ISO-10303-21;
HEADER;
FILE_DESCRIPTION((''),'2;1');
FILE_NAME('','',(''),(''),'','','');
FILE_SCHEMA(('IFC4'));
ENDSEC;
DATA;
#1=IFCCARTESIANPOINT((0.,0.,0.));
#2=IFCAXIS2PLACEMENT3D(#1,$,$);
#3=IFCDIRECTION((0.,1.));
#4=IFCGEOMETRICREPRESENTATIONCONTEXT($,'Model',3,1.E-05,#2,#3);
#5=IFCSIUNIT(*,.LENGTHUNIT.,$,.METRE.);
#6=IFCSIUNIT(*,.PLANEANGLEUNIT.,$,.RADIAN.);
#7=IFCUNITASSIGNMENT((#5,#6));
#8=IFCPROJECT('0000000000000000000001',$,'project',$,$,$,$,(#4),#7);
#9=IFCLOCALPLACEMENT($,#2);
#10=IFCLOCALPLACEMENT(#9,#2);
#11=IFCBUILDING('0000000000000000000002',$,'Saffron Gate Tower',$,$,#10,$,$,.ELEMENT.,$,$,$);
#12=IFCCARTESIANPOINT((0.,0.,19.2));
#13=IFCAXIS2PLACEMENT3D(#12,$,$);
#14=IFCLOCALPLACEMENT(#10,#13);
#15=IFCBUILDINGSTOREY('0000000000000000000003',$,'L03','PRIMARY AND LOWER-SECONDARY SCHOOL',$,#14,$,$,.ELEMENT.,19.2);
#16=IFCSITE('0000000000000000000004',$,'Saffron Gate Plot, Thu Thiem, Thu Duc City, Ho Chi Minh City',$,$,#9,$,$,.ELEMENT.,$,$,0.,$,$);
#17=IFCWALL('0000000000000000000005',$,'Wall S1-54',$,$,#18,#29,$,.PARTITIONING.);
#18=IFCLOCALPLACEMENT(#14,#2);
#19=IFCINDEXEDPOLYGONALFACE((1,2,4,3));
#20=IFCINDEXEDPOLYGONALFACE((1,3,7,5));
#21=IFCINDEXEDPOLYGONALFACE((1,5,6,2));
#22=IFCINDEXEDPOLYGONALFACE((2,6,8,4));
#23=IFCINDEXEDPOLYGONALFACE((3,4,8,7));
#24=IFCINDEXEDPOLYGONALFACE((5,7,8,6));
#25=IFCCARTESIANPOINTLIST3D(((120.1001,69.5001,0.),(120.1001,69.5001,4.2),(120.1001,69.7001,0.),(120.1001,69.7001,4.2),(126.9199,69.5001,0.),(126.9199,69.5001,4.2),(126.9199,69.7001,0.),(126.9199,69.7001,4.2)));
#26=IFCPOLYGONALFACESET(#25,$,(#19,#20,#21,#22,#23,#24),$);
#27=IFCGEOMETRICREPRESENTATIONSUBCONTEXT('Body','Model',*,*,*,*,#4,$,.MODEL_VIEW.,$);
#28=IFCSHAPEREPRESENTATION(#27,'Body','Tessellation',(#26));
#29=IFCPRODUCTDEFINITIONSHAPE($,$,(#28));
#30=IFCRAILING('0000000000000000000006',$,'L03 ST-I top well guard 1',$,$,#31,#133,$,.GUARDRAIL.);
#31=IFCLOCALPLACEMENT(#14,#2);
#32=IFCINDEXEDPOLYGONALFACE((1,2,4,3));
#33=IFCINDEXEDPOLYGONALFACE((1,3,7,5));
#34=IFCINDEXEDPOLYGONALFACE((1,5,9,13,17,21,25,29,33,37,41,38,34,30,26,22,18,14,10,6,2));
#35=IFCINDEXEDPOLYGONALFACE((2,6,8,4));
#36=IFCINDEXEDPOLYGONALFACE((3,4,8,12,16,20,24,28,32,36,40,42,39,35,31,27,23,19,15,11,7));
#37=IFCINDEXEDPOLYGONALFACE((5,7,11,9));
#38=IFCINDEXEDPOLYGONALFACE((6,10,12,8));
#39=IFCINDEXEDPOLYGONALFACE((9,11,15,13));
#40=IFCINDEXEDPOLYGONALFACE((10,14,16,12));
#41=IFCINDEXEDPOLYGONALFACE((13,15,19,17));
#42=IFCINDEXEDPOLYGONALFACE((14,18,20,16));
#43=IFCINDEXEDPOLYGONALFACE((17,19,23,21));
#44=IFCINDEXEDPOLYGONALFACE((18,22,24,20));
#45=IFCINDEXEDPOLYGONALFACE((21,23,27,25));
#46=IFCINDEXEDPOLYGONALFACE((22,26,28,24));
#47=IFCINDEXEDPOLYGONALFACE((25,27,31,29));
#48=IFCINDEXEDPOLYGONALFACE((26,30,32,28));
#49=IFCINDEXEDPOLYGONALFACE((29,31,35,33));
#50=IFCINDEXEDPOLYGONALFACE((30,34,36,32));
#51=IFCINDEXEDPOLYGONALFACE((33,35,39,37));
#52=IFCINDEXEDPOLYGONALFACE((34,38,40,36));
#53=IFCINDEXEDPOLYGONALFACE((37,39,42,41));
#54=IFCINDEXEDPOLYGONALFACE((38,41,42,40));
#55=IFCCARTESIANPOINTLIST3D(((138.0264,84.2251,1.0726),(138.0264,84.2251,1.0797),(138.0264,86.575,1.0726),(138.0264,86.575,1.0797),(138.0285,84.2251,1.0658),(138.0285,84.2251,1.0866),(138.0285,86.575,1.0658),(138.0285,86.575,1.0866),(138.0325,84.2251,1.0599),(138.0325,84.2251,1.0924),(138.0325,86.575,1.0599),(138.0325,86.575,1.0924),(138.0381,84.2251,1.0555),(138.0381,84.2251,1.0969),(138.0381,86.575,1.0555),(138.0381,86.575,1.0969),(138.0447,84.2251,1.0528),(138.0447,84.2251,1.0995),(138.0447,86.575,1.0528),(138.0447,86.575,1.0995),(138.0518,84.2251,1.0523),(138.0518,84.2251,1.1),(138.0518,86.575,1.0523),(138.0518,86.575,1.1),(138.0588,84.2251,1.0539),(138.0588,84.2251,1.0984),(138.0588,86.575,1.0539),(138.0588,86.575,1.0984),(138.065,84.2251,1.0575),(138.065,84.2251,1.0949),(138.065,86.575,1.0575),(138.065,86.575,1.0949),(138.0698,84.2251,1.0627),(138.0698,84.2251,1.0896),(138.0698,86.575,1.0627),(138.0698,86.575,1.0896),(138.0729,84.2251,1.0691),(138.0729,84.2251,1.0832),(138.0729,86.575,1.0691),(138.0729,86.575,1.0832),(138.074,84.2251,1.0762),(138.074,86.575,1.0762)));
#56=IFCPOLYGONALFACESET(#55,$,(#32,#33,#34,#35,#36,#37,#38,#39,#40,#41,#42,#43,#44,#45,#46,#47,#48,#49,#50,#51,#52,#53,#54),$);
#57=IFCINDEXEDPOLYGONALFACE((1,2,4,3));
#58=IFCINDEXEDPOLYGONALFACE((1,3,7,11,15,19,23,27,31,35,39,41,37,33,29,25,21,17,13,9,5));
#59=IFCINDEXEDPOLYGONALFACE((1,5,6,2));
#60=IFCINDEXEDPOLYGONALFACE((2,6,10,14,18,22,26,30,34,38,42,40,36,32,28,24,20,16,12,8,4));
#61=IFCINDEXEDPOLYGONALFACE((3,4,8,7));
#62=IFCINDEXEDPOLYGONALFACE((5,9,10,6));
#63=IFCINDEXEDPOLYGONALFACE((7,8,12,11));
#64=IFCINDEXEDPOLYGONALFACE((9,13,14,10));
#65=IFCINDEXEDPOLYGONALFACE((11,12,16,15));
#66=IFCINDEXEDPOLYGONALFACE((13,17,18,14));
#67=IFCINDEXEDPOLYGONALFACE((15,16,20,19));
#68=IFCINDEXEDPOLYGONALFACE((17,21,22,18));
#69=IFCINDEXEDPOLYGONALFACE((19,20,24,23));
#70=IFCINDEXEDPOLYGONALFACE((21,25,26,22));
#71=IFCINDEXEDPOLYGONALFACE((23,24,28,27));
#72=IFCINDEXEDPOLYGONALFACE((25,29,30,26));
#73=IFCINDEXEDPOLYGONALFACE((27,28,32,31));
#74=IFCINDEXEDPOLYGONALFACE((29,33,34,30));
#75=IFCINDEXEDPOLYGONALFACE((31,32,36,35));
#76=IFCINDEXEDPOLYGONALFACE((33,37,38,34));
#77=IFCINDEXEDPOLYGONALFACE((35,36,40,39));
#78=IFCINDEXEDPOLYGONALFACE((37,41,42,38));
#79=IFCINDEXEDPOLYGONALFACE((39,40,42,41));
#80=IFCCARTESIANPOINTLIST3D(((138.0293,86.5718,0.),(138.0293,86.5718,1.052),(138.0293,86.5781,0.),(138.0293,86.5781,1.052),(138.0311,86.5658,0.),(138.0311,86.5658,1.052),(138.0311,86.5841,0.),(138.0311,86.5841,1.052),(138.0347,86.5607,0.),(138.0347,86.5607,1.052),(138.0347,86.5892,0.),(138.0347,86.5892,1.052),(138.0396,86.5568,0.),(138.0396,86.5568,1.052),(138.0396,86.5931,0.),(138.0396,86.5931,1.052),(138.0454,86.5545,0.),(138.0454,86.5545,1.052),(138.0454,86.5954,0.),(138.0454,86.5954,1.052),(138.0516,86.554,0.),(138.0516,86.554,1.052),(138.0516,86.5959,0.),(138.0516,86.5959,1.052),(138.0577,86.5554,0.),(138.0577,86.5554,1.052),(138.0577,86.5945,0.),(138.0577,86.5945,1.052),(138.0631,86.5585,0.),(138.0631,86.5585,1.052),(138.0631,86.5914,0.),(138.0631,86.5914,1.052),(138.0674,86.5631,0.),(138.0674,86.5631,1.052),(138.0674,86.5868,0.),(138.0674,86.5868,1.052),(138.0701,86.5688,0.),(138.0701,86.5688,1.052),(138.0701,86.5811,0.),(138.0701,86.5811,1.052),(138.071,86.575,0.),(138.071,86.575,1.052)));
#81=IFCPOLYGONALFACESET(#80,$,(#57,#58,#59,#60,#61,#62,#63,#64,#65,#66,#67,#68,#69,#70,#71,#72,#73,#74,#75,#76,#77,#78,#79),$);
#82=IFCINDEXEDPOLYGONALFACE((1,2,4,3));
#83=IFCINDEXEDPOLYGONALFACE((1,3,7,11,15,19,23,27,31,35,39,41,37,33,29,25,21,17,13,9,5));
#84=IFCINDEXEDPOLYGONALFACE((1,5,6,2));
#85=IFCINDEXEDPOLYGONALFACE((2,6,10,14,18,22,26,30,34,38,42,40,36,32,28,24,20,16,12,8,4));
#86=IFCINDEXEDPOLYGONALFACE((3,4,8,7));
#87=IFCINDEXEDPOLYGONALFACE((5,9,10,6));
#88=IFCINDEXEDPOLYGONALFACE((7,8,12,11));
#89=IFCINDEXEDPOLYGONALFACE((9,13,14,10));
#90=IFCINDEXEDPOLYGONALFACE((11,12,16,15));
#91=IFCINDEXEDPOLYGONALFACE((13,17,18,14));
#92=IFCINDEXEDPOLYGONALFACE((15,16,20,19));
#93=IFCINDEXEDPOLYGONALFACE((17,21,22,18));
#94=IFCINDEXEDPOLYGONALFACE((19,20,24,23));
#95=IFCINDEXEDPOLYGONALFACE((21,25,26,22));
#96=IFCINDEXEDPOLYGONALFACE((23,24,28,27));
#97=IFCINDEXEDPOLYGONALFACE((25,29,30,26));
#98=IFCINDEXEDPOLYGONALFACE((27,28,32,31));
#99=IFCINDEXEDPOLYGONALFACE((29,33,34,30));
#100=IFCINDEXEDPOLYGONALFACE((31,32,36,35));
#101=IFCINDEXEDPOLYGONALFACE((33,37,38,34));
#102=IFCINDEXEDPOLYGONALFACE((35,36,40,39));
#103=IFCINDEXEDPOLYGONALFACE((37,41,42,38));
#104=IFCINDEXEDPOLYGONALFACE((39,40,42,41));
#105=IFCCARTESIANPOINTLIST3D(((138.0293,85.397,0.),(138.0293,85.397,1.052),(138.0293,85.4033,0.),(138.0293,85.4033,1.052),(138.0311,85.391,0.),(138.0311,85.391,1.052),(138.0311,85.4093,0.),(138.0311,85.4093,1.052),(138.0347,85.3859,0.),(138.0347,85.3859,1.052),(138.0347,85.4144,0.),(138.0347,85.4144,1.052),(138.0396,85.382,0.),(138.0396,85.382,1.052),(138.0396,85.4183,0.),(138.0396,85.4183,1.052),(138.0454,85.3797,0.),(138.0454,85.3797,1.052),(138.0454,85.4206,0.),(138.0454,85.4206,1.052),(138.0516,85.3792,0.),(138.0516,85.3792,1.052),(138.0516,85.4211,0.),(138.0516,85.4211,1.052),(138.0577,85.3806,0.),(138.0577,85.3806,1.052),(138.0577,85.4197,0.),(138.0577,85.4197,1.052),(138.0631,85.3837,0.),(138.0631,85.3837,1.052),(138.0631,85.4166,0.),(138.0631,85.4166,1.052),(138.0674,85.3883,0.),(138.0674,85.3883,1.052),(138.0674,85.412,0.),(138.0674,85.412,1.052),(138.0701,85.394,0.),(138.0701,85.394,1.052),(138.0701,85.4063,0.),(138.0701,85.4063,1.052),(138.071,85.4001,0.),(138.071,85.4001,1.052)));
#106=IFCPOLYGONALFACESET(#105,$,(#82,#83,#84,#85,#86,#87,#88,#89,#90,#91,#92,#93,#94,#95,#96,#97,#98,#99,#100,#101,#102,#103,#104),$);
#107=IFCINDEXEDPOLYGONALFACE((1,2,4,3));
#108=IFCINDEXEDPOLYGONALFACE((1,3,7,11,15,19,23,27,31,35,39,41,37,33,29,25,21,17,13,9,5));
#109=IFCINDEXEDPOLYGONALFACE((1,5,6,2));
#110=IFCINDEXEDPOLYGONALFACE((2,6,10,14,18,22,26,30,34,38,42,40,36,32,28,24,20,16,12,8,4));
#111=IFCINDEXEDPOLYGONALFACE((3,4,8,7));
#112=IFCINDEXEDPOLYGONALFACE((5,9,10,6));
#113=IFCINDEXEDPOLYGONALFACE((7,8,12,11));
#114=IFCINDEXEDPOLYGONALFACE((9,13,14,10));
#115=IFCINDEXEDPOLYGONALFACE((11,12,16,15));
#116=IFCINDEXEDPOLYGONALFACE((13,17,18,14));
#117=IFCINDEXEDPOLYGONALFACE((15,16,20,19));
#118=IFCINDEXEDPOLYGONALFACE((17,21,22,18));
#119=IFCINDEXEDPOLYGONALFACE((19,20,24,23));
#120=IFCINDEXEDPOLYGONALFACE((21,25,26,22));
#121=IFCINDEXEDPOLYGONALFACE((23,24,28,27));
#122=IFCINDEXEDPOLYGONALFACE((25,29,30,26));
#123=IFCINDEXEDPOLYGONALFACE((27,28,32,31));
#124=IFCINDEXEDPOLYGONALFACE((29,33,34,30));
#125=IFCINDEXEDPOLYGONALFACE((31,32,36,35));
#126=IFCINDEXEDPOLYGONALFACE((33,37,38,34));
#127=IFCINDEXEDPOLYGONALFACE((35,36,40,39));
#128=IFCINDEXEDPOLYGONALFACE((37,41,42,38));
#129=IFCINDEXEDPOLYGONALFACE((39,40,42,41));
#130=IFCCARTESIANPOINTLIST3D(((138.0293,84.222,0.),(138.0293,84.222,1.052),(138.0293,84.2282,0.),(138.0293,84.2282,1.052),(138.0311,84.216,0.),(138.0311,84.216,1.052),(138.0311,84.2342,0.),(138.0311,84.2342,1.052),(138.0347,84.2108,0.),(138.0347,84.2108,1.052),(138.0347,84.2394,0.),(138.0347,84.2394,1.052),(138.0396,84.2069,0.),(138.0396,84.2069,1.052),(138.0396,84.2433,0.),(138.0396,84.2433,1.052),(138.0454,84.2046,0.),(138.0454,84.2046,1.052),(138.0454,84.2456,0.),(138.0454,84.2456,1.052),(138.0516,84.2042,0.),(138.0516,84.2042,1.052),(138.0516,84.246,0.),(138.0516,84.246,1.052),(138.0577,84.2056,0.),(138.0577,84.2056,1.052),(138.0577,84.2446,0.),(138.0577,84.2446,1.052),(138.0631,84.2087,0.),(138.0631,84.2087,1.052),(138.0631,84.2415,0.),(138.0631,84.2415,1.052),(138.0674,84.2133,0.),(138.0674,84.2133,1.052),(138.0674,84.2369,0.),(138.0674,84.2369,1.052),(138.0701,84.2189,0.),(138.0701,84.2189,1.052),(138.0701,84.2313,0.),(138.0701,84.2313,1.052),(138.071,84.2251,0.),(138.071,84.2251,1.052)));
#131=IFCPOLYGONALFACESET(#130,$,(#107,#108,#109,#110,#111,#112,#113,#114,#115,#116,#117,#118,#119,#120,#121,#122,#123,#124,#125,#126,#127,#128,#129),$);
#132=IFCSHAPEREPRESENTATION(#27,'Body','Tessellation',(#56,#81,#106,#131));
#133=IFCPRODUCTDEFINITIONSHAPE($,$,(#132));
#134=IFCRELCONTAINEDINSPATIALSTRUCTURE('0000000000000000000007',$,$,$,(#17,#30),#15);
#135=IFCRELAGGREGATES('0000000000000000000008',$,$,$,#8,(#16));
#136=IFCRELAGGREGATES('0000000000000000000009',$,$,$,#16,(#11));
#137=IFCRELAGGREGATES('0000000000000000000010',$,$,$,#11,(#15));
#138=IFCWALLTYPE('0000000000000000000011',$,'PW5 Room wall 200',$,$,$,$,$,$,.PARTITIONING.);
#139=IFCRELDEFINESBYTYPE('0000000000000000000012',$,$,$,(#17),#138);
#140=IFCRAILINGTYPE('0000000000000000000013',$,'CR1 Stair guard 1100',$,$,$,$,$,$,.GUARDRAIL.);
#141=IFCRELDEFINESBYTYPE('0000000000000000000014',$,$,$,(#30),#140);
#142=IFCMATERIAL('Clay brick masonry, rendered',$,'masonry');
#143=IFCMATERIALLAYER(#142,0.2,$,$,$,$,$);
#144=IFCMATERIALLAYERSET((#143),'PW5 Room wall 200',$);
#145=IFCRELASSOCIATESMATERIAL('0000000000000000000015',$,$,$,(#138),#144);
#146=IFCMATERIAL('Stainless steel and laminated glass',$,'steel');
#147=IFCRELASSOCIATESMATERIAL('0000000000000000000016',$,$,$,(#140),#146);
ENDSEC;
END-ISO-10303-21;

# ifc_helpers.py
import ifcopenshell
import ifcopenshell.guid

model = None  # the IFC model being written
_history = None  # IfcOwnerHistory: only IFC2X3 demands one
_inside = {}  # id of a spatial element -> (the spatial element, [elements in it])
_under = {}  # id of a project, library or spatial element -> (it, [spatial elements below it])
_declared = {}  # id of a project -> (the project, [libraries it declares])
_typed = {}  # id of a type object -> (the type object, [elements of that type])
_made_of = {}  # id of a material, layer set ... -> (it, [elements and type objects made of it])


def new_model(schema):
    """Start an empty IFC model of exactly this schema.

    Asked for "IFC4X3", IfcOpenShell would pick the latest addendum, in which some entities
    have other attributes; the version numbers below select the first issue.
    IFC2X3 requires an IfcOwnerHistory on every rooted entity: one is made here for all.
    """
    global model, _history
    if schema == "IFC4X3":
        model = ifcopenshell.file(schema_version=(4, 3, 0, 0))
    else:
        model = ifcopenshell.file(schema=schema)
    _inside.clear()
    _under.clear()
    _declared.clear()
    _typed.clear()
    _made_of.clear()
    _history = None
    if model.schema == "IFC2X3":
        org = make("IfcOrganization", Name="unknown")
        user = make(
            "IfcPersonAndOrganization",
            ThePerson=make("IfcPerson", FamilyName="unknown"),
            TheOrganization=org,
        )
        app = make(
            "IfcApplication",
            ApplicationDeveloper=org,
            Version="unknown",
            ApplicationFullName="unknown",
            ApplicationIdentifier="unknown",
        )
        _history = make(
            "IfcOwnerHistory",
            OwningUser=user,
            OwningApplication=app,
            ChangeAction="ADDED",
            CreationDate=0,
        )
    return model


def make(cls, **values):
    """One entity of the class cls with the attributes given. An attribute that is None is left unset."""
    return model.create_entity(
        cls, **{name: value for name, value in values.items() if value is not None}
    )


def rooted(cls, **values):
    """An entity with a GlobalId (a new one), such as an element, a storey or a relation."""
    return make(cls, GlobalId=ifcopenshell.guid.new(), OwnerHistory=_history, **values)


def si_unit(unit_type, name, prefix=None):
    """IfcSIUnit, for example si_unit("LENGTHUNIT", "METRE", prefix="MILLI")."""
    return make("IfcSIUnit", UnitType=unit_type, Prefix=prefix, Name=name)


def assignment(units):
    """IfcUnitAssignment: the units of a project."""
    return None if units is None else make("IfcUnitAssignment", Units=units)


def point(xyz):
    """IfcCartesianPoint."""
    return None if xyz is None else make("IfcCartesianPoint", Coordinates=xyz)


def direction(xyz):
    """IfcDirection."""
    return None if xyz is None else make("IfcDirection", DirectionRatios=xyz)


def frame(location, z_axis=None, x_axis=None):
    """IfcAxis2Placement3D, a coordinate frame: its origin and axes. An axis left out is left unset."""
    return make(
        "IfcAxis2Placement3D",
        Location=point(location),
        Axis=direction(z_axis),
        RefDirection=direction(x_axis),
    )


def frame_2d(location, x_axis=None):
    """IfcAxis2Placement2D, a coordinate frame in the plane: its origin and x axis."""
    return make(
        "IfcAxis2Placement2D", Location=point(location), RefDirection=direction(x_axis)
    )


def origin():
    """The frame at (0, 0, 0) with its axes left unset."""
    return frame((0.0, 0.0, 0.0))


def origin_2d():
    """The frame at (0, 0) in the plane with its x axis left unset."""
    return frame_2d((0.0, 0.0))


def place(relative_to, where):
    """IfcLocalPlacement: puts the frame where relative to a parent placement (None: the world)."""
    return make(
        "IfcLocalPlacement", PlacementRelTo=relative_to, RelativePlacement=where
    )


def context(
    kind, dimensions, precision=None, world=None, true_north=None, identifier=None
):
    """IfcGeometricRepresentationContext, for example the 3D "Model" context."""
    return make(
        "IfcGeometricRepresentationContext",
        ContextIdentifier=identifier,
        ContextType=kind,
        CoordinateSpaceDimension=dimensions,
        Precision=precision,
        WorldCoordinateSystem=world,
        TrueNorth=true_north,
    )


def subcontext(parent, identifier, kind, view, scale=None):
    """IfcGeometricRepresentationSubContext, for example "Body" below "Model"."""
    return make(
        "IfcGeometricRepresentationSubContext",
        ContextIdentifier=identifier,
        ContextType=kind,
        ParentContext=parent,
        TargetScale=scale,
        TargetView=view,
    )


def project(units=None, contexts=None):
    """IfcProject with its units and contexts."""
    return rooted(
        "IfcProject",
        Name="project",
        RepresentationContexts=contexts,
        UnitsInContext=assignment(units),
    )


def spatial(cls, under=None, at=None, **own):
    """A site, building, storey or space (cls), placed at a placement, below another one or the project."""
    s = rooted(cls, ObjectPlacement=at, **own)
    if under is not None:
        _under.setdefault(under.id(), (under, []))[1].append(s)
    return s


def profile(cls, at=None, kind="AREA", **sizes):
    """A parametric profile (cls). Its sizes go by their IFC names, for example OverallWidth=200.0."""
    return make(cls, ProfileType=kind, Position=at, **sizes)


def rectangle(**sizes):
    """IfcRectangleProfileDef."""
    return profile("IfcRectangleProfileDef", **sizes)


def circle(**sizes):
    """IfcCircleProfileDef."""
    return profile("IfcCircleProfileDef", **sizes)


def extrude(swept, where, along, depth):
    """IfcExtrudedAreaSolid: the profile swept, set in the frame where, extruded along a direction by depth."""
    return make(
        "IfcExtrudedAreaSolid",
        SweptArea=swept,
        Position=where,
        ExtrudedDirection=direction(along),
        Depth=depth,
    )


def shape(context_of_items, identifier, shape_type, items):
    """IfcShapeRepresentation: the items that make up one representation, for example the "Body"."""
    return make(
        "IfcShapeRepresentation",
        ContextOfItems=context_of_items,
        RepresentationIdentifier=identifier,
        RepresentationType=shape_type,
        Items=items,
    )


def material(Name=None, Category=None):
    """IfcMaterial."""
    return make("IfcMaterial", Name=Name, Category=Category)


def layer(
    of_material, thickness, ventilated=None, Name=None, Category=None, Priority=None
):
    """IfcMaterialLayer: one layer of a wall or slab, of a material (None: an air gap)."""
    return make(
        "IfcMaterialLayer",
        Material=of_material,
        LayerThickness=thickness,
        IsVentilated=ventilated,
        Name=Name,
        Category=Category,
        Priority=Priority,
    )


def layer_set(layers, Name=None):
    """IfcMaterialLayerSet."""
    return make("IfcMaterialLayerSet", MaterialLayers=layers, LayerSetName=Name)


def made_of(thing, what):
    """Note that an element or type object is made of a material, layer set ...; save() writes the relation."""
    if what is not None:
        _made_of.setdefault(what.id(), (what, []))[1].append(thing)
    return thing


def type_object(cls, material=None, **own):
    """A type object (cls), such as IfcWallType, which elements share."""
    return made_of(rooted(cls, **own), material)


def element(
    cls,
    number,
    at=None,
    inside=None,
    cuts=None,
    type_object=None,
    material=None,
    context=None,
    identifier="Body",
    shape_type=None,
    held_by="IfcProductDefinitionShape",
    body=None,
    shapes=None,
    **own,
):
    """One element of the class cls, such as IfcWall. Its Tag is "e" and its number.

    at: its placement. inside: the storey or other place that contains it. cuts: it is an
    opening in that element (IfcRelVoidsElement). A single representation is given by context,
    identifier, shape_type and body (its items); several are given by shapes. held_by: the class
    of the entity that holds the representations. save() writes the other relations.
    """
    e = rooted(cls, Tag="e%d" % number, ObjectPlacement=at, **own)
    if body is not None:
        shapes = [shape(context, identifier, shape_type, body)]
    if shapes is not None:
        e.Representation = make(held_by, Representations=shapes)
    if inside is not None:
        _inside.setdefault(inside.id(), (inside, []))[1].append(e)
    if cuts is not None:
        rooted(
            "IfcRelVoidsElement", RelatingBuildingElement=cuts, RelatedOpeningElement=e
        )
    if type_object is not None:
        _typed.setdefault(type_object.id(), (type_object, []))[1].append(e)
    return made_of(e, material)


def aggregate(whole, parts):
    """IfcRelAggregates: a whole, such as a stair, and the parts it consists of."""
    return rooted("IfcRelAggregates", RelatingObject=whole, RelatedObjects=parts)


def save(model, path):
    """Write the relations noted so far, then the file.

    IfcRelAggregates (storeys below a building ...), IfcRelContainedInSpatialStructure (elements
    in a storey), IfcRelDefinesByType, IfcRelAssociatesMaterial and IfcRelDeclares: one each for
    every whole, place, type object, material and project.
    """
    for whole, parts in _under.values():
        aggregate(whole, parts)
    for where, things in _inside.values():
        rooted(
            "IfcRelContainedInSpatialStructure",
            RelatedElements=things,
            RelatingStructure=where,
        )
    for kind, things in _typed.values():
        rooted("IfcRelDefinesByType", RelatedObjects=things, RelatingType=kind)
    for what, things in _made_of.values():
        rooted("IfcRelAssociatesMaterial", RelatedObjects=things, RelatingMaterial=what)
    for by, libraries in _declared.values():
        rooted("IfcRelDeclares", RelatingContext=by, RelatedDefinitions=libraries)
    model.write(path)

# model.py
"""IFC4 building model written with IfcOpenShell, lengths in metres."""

from ifc_helpers import new_model, si_unit, direction, frame, frame_2d, origin, origin_2d, place, context, subcontext, project, spatial, rectangle, circle, extrude, material, layer, layer_set, type_object, element, save


model = new_model("IFC4")

# Units and contexts
model_context = context("Model", 3, precision=1e-05, world=origin(), true_north=direction((0.0, 1.0)))
body_context = subcontext(model_context, "Body", "Model", "MODEL_VIEW")
ifc_project = project(units=[si_unit("LENGTHUNIT", "METRE"), si_unit("PLANEANGLEUNIT", "RADIAN")], contexts=[model_context])

# Site, building, storey
site_placement = place(None, origin())
site = spatial("IfcSite", under=ifc_project, at=site_placement, Name="Saffron Gate Plot, Thu Thiem, Thu Duc City, Ho Chi Minh City", CompositionType="ELEMENT", RefElevation=0.0)
building_placement = place(site_placement, origin())
building = spatial("IfcBuilding", under=site, at=building_placement, Name="Saffron Gate Tower", CompositionType="ELEMENT")
storey_placement = place(building_placement, frame((0.0, 0.0, 19.2)))
storey = spatial("IfcBuildingStorey", under=building, at=storey_placement, Name="L03", Description="PRIMARY AND LOWER-SECONDARY SCHOOL", CompositionType="ELEMENT", Elevation=19.2)

# Shared definitions
ifc_material_1 = material(Name="Clay brick masonry, rendered", Category="masonry")

# Wall
ifc_layer_1 = layer(ifc_material_1, 0.2)
ifc_layer_set_1 = layer_set([ifc_layer_1], Name="PW5 Room wall 200")
wall_type_1 = type_object("IfcWallType", Name="PW5 Room wall 200", PredefinedType="PARTITIONING", material=ifc_layer_set_1)
for number, where, z_axis, x_axis, name in (
    (1, (120.1001, 69.6001, 0.0), (0.0, 0.0, 1.0), (1.0, 0.0, 0.0), "Wall S1-54"),
):
    element("IfcWall", number, at=place(storey_placement, frame(where, z_axis=z_axis, x_axis=x_axis)), inside=storey, type_object=wall_type_1, Name=name, PredefinedType="PARTITIONING", context=body_context, shape_type="SweptSolid", body=[
        extrude(rectangle(XDim=6.8198, YDim=0.2, at=frame_2d((3.4099, 0.0))), origin(), (0.0, 0.0, 1.0), 4.2),
    ])

# Railing
ifc_material_2 = material(Name="Stainless steel and laminated glass", Category="steel")
railing_type_1 = type_object("IfcRailingType", Name="CR1 Stair guard 1100", PredefinedType="GUARDRAIL", material=ifc_material_2)
railing_1_placement = place(storey_placement, frame((138.05, 86.575, 0.0)))
element("IfcRailing", 2, at=railing_1_placement, inside=storey, type_object=railing_type_1, Name="L03 ST-I top well guard 1", PredefinedType="GUARDRAIL", context=body_context, shape_type="SweptSolid", body=[
    extrude(circle(Radius=0.0239, at=origin_2d()), frame((0.0, 0.0, 1.0762), z_axis=(0.0, -1.0, 0.0), x_axis=(1.0, 0.0, 0.0)), (0.0, 0.0, 1.0), 2.3499),
    extrude(circle(Radius=0.021, at=origin_2d()), origin(), (0.0, 0.0, 1.0), 1.052),
    extrude(circle(Radius=0.021, at=origin_2d()), frame((0.0, -1.1748, 0.0)), (0.0, 0.0, 1.0), 1.052),
    extrude(circle(Radius=0.021, at=origin_2d()), frame((0.0, -2.3499, 0.0)), (0.0, 0.0, 1.0), 1.052),
])

save(model, "model.ifc")
